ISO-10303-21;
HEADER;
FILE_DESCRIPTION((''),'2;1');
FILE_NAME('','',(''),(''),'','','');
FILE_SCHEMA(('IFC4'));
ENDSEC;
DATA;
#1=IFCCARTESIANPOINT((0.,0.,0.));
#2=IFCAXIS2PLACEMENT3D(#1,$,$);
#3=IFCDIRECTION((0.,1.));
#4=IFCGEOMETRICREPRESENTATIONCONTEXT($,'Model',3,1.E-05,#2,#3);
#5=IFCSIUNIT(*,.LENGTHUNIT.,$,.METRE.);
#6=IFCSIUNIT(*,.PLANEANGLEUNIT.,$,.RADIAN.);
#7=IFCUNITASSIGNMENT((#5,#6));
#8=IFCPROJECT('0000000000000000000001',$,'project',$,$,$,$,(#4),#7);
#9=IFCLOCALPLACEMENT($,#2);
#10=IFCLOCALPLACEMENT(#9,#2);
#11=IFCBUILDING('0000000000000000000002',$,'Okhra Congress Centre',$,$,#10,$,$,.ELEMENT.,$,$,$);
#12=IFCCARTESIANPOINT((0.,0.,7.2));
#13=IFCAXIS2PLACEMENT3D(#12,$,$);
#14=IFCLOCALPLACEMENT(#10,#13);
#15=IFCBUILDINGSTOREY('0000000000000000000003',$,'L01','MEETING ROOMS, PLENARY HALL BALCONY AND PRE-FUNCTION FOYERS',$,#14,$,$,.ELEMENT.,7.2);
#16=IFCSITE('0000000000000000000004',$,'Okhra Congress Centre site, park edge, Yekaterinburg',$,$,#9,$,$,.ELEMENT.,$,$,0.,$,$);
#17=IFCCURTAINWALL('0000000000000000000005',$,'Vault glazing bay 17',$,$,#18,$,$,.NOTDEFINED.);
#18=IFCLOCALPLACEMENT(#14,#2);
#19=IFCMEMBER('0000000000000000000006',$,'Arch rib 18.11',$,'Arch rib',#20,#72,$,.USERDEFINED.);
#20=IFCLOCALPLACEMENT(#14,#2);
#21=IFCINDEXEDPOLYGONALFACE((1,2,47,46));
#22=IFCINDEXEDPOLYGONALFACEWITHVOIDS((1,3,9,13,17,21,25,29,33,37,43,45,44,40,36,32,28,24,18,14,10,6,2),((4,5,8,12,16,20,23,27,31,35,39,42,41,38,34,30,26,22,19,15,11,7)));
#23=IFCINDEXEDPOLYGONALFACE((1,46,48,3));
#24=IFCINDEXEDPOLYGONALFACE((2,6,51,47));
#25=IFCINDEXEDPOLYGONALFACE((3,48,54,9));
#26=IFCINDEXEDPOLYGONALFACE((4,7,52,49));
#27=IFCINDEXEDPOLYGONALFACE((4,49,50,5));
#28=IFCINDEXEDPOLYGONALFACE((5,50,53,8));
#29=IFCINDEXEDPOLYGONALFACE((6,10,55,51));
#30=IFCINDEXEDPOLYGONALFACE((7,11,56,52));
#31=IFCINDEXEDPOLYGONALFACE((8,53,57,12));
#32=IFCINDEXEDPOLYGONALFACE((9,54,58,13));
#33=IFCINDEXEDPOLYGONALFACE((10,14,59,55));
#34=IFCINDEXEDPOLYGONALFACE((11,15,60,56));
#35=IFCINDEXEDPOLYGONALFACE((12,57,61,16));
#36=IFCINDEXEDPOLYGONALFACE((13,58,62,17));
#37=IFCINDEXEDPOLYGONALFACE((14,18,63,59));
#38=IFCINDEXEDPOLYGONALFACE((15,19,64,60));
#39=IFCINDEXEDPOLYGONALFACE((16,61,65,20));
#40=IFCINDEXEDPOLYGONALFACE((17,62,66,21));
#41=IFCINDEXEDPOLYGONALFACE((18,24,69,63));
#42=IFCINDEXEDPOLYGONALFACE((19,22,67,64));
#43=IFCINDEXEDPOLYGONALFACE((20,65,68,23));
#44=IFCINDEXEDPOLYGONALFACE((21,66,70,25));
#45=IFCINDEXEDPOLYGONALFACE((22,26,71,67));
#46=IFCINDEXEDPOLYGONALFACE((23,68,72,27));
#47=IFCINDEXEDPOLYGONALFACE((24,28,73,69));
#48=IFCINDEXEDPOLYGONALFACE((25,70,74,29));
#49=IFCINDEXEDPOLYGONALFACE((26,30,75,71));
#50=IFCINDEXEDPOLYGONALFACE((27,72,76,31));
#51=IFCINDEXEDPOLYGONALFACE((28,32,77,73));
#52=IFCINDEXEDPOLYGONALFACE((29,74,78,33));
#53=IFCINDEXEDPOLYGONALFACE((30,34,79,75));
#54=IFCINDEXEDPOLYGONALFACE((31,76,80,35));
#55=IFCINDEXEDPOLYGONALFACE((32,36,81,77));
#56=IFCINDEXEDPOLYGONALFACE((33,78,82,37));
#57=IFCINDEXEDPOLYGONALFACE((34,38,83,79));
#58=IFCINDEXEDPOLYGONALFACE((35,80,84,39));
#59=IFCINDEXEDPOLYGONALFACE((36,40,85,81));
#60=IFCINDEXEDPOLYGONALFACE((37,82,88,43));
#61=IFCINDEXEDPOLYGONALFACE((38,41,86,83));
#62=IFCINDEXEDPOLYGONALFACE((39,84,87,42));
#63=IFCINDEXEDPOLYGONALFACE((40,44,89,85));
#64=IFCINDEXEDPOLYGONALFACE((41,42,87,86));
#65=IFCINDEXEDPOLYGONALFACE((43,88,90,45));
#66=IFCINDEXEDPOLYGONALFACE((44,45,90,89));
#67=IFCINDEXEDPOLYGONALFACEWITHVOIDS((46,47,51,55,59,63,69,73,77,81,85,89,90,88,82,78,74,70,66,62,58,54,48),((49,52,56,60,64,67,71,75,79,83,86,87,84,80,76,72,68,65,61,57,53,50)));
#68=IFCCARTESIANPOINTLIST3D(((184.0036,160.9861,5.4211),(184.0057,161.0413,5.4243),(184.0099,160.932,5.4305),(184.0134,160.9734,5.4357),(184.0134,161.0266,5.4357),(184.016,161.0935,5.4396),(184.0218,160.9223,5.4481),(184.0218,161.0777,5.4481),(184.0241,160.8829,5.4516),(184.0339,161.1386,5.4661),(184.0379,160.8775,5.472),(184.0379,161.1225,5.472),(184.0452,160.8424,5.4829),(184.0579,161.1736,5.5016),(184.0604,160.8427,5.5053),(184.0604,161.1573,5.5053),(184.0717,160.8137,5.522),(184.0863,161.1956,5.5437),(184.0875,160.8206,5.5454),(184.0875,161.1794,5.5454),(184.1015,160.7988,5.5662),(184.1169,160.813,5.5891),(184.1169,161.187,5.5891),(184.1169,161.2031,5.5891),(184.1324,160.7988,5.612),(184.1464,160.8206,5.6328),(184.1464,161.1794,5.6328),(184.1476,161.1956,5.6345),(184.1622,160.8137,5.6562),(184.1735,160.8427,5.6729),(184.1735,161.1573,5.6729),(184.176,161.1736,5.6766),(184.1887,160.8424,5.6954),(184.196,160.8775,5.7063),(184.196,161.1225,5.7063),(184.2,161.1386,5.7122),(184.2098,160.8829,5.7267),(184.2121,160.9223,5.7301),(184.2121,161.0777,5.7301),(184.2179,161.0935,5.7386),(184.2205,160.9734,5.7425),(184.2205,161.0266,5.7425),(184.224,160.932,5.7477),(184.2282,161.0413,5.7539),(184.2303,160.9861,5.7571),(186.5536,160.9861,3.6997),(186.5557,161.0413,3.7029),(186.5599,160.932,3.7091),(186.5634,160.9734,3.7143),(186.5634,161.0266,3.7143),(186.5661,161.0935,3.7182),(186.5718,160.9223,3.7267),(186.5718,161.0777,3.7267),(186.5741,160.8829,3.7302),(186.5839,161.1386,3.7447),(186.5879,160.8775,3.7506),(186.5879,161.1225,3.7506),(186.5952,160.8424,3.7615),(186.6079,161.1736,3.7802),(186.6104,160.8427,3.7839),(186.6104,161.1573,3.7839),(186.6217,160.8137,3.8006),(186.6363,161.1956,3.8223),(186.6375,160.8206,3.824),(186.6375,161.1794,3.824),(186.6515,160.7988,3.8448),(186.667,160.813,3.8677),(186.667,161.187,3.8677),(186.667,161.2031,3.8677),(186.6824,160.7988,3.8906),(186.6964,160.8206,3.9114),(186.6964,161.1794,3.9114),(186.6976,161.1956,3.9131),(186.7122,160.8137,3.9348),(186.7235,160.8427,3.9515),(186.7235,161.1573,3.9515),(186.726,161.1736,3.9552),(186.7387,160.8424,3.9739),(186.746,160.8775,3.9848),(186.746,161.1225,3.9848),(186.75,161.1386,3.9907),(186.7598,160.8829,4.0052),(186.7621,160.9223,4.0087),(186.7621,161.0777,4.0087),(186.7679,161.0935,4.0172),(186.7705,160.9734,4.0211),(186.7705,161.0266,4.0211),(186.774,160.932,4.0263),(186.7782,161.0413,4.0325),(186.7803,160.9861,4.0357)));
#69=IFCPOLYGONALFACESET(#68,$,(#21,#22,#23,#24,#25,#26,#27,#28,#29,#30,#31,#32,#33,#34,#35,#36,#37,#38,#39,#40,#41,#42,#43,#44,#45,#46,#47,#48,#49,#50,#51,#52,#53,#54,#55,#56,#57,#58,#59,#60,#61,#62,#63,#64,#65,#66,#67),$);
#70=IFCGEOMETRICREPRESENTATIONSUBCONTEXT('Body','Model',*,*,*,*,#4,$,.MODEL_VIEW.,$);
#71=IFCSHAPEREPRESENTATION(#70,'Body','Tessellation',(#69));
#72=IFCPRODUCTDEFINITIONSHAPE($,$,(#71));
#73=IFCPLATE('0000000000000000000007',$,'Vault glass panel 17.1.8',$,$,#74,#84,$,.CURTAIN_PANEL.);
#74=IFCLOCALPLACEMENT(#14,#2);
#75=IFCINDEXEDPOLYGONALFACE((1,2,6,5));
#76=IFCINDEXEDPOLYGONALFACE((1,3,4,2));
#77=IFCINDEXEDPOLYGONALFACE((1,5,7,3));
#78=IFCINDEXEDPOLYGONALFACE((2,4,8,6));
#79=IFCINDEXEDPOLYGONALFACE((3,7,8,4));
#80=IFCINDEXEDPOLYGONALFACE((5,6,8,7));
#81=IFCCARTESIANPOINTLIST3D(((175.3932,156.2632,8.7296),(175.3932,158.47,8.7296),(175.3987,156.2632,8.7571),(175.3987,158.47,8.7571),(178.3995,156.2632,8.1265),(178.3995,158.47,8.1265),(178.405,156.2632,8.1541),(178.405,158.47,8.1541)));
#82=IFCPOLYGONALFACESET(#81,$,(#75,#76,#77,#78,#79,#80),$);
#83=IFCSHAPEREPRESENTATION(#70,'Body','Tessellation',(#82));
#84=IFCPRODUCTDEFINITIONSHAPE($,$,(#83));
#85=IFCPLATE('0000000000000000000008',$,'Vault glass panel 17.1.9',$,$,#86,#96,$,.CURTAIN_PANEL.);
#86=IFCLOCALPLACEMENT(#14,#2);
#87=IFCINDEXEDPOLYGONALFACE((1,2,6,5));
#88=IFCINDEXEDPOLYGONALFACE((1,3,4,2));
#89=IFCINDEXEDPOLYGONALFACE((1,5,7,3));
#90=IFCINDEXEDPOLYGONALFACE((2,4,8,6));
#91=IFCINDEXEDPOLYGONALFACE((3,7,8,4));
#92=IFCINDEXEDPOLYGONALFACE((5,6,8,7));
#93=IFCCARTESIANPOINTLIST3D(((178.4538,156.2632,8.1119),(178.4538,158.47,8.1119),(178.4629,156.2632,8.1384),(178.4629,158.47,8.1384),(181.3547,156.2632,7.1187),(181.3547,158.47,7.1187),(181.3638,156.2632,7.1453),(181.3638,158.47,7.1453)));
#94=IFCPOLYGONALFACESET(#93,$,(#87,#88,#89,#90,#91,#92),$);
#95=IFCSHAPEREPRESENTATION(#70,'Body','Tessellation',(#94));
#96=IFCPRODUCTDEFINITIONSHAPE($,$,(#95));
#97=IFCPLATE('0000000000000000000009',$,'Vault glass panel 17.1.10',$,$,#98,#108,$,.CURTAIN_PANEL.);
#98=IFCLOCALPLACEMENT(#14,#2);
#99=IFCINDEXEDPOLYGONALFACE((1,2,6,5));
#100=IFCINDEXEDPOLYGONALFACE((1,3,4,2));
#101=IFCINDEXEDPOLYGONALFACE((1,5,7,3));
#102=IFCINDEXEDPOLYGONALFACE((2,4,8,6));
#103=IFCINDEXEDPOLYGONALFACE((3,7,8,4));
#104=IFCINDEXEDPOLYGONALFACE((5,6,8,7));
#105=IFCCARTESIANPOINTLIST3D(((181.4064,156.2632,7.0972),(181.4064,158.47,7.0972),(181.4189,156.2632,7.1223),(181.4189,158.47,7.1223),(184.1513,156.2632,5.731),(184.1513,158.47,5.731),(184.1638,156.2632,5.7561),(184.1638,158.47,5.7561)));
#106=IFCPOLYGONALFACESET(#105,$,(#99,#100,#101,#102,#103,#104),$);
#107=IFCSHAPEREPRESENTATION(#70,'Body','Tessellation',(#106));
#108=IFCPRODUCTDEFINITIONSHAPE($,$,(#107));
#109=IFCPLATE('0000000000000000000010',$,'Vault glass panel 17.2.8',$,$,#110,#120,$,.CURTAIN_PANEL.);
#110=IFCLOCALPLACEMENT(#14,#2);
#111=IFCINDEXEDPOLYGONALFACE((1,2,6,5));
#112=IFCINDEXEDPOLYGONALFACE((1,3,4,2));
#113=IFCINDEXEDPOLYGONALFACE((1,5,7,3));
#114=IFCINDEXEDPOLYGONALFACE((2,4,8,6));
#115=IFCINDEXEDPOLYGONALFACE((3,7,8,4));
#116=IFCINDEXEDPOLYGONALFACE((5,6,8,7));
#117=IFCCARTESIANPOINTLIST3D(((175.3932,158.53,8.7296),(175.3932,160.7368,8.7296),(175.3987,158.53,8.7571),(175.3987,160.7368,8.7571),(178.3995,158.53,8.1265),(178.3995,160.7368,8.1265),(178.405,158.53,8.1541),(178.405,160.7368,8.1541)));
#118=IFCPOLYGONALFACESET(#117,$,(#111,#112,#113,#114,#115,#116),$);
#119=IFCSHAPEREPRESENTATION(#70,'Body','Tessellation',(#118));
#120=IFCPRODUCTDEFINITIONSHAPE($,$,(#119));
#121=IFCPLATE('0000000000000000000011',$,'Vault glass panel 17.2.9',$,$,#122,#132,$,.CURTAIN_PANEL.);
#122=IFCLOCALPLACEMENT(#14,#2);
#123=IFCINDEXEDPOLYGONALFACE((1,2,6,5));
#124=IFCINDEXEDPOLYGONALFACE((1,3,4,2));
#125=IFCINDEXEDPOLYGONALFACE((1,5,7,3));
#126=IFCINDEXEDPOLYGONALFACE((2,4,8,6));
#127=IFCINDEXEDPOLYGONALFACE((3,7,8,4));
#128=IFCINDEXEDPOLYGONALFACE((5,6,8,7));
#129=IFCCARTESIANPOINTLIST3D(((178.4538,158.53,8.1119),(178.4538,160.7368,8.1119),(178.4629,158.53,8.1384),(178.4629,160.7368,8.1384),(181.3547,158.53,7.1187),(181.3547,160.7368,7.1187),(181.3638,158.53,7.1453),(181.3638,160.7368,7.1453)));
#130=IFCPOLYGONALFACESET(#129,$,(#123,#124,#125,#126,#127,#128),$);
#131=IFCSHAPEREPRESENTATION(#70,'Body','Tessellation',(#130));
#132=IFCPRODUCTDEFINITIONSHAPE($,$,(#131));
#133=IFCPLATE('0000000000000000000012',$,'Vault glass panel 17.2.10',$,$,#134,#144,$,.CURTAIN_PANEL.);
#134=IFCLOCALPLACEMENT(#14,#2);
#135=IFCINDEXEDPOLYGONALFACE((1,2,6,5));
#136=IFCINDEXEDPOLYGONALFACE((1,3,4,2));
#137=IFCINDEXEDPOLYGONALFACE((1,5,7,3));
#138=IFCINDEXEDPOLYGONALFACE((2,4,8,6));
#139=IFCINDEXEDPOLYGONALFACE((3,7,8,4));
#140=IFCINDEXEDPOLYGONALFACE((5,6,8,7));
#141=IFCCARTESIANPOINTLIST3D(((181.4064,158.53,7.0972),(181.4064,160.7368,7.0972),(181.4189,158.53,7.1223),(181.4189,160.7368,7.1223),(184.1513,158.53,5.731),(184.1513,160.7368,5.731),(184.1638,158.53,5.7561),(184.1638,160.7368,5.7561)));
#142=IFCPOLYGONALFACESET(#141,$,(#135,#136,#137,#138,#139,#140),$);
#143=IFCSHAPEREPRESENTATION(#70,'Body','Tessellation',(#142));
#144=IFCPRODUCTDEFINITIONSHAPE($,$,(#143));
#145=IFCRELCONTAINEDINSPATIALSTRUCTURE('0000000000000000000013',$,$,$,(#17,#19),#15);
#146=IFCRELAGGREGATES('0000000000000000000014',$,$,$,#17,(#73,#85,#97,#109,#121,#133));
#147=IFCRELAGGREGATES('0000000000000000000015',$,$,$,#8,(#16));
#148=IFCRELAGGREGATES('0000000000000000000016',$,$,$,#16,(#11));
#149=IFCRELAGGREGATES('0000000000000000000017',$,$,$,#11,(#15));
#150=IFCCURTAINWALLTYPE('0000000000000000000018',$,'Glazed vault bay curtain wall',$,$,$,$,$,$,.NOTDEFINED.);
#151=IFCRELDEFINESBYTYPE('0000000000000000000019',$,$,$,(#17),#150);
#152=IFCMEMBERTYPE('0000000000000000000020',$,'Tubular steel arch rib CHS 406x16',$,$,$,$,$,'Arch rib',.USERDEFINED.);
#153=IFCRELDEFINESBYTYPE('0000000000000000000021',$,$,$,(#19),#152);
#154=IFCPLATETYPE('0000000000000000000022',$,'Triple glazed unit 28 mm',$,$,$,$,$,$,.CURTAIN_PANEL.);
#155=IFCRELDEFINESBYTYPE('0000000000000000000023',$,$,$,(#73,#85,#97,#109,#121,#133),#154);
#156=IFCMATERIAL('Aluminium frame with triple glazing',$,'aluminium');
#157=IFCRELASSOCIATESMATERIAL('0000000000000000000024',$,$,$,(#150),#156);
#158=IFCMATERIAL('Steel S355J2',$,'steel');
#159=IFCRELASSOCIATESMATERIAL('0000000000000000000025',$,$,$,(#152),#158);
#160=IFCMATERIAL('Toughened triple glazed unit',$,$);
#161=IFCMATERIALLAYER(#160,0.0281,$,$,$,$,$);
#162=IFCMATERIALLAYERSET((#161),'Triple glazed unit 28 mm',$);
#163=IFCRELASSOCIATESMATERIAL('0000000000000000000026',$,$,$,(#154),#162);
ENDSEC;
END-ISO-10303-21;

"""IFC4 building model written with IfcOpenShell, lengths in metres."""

from ifc_helpers import new_model, si_unit, direction, frame, origin, origin_2d, place, context, subcontext, project, spatial, polyline, hollow_circle, outline, extrude, material, layer, layer_set, material_profile, profile_set, type_object, element, aggregate, save


model = new_model("IFC4")

# Units and contexts
model_context = context("Model", 3, precision=1e-05, world=origin(), true_north=direction((0.0, 1.0)))
body_context = subcontext(model_context, "Body", "Model", "MODEL_VIEW")
ifc_project = project(units=[si_unit("LENGTHUNIT", "METRE"), si_unit("PLANEANGLEUNIT", "RADIAN")], contexts=[model_context])

# Site, building, storey
site_placement = place(None, origin())
site = spatial("IfcSite", under=ifc_project, at=site_placement, Name="Okhra Congress Centre site, park edge, Yekaterinburg", CompositionType="ELEMENT", RefElevation=0.0)
building_placement = place(site_placement, origin())
building = spatial("IfcBuilding", under=site, at=building_placement, Name="Okhra Congress Centre", CompositionType="ELEMENT")
storey_placement = place(building_placement, frame((0.0, 0.0, 7.2)))
storey = spatial("IfcBuildingStorey", under=building, at=storey_placement, Name="L01", Description="MEETING ROOMS, PLENARY HALL BALCONY AND PRE-FUNCTION FOYERS", CompositionType="ELEMENT", Elevation=7.2)

# Curtain wall
ifc_material_1 = material(Name="Aluminium frame with triple glazing", Category="aluminium")
curtain_wall_type = type_object("IfcCurtainWallType", Name="Glazed vault bay curtain wall", PredefinedType="NOTDEFINED", material=ifc_material_1)
curtain_wall_1_placement = place(storey_placement, origin())
curtain_wall_1 = element("IfcCurtainWall", 1, at=curtain_wall_1_placement, inside=storey, type_object=curtain_wall_type, Name="Vault glazing bay 17", PredefinedType="NOTDEFINED")

# Member
ifc_material_2 = material(Name="Steel S355J2", Category="steel")
ifc_material_profile_1 = material_profile(ifc_material_2, hollow_circle(Radius=0.2031, WallThickness=0.0161, at=origin_2d()), Name="CHS 406.4x16")
ifc_profile_set_1 = profile_set([ifc_material_profile_1], Name="Steel S355J2")
member_type_1 = type_object("IfcMemberType", Name="Tubular steel arch rib CHS 406x16", ElementType="Arch rib", PredefinedType="USERDEFINED", material=ifc_profile_set_1)
member_1_placement = place(storey_placement, frame((184.1169, 161.0, 5.5891), z_axis=(0.828826, 0.0, -0.559507), x_axis=(0.0, 1.0, 0.0)))
element("IfcMember", 2, at=member_1_placement, inside=storey, type_object=member_type_1, Name="Arch rib 18.11", ObjectType="Arch rib", PredefinedType="USERDEFINED", context=body_context, shape_type="SweptSolid", body=[
    extrude(hollow_circle(Radius=0.2031, WallThickness=0.0161, at=origin_2d()), origin(), (0.0, 0.0, 1.0), 3.0767),
])

# Plates
ifc_material_3 = material(Name="Toughened triple glazed unit")
ifc_layer = layer(ifc_material_3, 0.0281)
ifc_layer_set = layer_set([ifc_layer], Name="Triple glazed unit 28 mm")
plate_type = type_object("IfcPlateType", Name="Triple glazed unit 28 mm", PredefinedType="CURTAIN_PANEL", material=ifc_layer_set)
plate_1_placement = place(storey_placement, frame((175.3987, 156.2632, 8.7571), z_axis=(0.196667, 0.0, 0.98047), x_axis=(0.98047, 0.0, -0.196667)))
plate_1 = element("IfcPlate", 3, at=plate_1_placement, type_object=plate_type, Name="Vault glass panel 17.1.8", PredefinedType="CURTAIN_PANEL", context=body_context, shape_type="SweptSolid", body=[
    extrude(outline(polyline([(0.0, 0.0), (3.0662, 0.0), (3.0662, 2.2068), (0.0, 2.2068), (0.0, 0.0)])), origin(), (0.0, 0.0, -1.0), 0.0281),
])
plate_2_placement = place(storey_placement, frame((178.4629, 156.2632, 8.1384), z_axis=(0.323909, 0.0, 0.946088), x_axis=(0.946088, 0.0, -0.323909)))
plate_2 = element("IfcPlate", 4, at=plate_2_placement, type_object=plate_type, Name="Vault glass panel 17.1.9", PredefinedType="CURTAIN_PANEL", context=body_context, shape_type="SweptSolid", body=[
    extrude(outline(polyline([(0.0, 0.0), (3.0662, 0.0), (3.0662, 2.2068), (0.0, 2.2068), (0.0, 0.0)])), origin(), (0.0, 0.0, -1.0), 0.0281),
])
plate_3_placement = place(storey_placement, frame((181.4189, 156.2632, 7.1223), z_axis=(0.445588, 0.0, 0.895238), x_axis=(0.895238, 0.0, -0.445588)))
plate_3 = element("IfcPlate", 5, at=plate_3_placement, type_object=plate_type, Name="Vault glass panel 17.1.10", PredefinedType="CURTAIN_PANEL", context=body_context, shape_type="SweptSolid", body=[
    extrude(outline(polyline([(0.0, 0.0), (3.0661, 0.0), (3.0661, 2.2068), (0.0, 2.2068), (0.0, 0.0)])), origin(), (0.0, 0.0, -1.0), 0.0281),
])
plate_4_placement = place(storey_placement, frame((175.3987, 158.53, 8.7571), z_axis=(0.196667, 0.0, 0.98047), x_axis=(0.98047, 0.0, -0.196667)))
plate_4 = element("IfcPlate", 6, at=plate_4_placement, type_object=plate_type, Name="Vault glass panel 17.2.8", PredefinedType="CURTAIN_PANEL", context=body_context, shape_type="SweptSolid", body=[
    extrude(outline(polyline([(0.0, 0.0), (3.0662, 0.0), (3.0662, 2.2068), (0.0, 2.2068), (0.0, 0.0)])), origin(), (0.0, 0.0, -1.0), 0.0281),
])
plate_5_placement = place(storey_placement, frame((178.4629, 158.53, 8.1384), z_axis=(0.323909, 0.0, 0.946088), x_axis=(0.946088, 0.0, -0.323909)))
plate_5 = element("IfcPlate", 7, at=plate_5_placement, type_object=plate_type, Name="Vault glass panel 17.2.9", PredefinedType="CURTAIN_PANEL", context=body_context, shape_type="SweptSolid", body=[
    extrude(outline(polyline([(0.0, 0.0), (3.0662, 0.0), (3.0662, 2.2068), (0.0, 2.2068), (0.0, 0.0)])), origin(), (0.0, 0.0, -1.0), 0.0281),
])
plate_6_placement = place(storey_placement, frame((181.4189, 158.53, 7.1223), z_axis=(0.445588, 0.0, 0.895238), x_axis=(0.895238, 0.0, -0.445588)))
plate_6 = element("IfcPlate", 8, at=plate_6_placement, type_object=plate_type, Name="Vault glass panel 17.2.10", PredefinedType="CURTAIN_PANEL", context=body_context, shape_type="SweptSolid", body=[
    extrude(outline(polyline([(0.0, 0.0), (3.0661, 0.0), (3.0661, 2.2068), (0.0, 2.2068), (0.0, 0.0)])), origin(), (0.0, 0.0, -1.0), 0.0281),
])
aggregate(curtain_wall_1, [plate_1, plate_2, plate_3, plate_4, plate_5, plate_6])

save(model, "model.ifc")
